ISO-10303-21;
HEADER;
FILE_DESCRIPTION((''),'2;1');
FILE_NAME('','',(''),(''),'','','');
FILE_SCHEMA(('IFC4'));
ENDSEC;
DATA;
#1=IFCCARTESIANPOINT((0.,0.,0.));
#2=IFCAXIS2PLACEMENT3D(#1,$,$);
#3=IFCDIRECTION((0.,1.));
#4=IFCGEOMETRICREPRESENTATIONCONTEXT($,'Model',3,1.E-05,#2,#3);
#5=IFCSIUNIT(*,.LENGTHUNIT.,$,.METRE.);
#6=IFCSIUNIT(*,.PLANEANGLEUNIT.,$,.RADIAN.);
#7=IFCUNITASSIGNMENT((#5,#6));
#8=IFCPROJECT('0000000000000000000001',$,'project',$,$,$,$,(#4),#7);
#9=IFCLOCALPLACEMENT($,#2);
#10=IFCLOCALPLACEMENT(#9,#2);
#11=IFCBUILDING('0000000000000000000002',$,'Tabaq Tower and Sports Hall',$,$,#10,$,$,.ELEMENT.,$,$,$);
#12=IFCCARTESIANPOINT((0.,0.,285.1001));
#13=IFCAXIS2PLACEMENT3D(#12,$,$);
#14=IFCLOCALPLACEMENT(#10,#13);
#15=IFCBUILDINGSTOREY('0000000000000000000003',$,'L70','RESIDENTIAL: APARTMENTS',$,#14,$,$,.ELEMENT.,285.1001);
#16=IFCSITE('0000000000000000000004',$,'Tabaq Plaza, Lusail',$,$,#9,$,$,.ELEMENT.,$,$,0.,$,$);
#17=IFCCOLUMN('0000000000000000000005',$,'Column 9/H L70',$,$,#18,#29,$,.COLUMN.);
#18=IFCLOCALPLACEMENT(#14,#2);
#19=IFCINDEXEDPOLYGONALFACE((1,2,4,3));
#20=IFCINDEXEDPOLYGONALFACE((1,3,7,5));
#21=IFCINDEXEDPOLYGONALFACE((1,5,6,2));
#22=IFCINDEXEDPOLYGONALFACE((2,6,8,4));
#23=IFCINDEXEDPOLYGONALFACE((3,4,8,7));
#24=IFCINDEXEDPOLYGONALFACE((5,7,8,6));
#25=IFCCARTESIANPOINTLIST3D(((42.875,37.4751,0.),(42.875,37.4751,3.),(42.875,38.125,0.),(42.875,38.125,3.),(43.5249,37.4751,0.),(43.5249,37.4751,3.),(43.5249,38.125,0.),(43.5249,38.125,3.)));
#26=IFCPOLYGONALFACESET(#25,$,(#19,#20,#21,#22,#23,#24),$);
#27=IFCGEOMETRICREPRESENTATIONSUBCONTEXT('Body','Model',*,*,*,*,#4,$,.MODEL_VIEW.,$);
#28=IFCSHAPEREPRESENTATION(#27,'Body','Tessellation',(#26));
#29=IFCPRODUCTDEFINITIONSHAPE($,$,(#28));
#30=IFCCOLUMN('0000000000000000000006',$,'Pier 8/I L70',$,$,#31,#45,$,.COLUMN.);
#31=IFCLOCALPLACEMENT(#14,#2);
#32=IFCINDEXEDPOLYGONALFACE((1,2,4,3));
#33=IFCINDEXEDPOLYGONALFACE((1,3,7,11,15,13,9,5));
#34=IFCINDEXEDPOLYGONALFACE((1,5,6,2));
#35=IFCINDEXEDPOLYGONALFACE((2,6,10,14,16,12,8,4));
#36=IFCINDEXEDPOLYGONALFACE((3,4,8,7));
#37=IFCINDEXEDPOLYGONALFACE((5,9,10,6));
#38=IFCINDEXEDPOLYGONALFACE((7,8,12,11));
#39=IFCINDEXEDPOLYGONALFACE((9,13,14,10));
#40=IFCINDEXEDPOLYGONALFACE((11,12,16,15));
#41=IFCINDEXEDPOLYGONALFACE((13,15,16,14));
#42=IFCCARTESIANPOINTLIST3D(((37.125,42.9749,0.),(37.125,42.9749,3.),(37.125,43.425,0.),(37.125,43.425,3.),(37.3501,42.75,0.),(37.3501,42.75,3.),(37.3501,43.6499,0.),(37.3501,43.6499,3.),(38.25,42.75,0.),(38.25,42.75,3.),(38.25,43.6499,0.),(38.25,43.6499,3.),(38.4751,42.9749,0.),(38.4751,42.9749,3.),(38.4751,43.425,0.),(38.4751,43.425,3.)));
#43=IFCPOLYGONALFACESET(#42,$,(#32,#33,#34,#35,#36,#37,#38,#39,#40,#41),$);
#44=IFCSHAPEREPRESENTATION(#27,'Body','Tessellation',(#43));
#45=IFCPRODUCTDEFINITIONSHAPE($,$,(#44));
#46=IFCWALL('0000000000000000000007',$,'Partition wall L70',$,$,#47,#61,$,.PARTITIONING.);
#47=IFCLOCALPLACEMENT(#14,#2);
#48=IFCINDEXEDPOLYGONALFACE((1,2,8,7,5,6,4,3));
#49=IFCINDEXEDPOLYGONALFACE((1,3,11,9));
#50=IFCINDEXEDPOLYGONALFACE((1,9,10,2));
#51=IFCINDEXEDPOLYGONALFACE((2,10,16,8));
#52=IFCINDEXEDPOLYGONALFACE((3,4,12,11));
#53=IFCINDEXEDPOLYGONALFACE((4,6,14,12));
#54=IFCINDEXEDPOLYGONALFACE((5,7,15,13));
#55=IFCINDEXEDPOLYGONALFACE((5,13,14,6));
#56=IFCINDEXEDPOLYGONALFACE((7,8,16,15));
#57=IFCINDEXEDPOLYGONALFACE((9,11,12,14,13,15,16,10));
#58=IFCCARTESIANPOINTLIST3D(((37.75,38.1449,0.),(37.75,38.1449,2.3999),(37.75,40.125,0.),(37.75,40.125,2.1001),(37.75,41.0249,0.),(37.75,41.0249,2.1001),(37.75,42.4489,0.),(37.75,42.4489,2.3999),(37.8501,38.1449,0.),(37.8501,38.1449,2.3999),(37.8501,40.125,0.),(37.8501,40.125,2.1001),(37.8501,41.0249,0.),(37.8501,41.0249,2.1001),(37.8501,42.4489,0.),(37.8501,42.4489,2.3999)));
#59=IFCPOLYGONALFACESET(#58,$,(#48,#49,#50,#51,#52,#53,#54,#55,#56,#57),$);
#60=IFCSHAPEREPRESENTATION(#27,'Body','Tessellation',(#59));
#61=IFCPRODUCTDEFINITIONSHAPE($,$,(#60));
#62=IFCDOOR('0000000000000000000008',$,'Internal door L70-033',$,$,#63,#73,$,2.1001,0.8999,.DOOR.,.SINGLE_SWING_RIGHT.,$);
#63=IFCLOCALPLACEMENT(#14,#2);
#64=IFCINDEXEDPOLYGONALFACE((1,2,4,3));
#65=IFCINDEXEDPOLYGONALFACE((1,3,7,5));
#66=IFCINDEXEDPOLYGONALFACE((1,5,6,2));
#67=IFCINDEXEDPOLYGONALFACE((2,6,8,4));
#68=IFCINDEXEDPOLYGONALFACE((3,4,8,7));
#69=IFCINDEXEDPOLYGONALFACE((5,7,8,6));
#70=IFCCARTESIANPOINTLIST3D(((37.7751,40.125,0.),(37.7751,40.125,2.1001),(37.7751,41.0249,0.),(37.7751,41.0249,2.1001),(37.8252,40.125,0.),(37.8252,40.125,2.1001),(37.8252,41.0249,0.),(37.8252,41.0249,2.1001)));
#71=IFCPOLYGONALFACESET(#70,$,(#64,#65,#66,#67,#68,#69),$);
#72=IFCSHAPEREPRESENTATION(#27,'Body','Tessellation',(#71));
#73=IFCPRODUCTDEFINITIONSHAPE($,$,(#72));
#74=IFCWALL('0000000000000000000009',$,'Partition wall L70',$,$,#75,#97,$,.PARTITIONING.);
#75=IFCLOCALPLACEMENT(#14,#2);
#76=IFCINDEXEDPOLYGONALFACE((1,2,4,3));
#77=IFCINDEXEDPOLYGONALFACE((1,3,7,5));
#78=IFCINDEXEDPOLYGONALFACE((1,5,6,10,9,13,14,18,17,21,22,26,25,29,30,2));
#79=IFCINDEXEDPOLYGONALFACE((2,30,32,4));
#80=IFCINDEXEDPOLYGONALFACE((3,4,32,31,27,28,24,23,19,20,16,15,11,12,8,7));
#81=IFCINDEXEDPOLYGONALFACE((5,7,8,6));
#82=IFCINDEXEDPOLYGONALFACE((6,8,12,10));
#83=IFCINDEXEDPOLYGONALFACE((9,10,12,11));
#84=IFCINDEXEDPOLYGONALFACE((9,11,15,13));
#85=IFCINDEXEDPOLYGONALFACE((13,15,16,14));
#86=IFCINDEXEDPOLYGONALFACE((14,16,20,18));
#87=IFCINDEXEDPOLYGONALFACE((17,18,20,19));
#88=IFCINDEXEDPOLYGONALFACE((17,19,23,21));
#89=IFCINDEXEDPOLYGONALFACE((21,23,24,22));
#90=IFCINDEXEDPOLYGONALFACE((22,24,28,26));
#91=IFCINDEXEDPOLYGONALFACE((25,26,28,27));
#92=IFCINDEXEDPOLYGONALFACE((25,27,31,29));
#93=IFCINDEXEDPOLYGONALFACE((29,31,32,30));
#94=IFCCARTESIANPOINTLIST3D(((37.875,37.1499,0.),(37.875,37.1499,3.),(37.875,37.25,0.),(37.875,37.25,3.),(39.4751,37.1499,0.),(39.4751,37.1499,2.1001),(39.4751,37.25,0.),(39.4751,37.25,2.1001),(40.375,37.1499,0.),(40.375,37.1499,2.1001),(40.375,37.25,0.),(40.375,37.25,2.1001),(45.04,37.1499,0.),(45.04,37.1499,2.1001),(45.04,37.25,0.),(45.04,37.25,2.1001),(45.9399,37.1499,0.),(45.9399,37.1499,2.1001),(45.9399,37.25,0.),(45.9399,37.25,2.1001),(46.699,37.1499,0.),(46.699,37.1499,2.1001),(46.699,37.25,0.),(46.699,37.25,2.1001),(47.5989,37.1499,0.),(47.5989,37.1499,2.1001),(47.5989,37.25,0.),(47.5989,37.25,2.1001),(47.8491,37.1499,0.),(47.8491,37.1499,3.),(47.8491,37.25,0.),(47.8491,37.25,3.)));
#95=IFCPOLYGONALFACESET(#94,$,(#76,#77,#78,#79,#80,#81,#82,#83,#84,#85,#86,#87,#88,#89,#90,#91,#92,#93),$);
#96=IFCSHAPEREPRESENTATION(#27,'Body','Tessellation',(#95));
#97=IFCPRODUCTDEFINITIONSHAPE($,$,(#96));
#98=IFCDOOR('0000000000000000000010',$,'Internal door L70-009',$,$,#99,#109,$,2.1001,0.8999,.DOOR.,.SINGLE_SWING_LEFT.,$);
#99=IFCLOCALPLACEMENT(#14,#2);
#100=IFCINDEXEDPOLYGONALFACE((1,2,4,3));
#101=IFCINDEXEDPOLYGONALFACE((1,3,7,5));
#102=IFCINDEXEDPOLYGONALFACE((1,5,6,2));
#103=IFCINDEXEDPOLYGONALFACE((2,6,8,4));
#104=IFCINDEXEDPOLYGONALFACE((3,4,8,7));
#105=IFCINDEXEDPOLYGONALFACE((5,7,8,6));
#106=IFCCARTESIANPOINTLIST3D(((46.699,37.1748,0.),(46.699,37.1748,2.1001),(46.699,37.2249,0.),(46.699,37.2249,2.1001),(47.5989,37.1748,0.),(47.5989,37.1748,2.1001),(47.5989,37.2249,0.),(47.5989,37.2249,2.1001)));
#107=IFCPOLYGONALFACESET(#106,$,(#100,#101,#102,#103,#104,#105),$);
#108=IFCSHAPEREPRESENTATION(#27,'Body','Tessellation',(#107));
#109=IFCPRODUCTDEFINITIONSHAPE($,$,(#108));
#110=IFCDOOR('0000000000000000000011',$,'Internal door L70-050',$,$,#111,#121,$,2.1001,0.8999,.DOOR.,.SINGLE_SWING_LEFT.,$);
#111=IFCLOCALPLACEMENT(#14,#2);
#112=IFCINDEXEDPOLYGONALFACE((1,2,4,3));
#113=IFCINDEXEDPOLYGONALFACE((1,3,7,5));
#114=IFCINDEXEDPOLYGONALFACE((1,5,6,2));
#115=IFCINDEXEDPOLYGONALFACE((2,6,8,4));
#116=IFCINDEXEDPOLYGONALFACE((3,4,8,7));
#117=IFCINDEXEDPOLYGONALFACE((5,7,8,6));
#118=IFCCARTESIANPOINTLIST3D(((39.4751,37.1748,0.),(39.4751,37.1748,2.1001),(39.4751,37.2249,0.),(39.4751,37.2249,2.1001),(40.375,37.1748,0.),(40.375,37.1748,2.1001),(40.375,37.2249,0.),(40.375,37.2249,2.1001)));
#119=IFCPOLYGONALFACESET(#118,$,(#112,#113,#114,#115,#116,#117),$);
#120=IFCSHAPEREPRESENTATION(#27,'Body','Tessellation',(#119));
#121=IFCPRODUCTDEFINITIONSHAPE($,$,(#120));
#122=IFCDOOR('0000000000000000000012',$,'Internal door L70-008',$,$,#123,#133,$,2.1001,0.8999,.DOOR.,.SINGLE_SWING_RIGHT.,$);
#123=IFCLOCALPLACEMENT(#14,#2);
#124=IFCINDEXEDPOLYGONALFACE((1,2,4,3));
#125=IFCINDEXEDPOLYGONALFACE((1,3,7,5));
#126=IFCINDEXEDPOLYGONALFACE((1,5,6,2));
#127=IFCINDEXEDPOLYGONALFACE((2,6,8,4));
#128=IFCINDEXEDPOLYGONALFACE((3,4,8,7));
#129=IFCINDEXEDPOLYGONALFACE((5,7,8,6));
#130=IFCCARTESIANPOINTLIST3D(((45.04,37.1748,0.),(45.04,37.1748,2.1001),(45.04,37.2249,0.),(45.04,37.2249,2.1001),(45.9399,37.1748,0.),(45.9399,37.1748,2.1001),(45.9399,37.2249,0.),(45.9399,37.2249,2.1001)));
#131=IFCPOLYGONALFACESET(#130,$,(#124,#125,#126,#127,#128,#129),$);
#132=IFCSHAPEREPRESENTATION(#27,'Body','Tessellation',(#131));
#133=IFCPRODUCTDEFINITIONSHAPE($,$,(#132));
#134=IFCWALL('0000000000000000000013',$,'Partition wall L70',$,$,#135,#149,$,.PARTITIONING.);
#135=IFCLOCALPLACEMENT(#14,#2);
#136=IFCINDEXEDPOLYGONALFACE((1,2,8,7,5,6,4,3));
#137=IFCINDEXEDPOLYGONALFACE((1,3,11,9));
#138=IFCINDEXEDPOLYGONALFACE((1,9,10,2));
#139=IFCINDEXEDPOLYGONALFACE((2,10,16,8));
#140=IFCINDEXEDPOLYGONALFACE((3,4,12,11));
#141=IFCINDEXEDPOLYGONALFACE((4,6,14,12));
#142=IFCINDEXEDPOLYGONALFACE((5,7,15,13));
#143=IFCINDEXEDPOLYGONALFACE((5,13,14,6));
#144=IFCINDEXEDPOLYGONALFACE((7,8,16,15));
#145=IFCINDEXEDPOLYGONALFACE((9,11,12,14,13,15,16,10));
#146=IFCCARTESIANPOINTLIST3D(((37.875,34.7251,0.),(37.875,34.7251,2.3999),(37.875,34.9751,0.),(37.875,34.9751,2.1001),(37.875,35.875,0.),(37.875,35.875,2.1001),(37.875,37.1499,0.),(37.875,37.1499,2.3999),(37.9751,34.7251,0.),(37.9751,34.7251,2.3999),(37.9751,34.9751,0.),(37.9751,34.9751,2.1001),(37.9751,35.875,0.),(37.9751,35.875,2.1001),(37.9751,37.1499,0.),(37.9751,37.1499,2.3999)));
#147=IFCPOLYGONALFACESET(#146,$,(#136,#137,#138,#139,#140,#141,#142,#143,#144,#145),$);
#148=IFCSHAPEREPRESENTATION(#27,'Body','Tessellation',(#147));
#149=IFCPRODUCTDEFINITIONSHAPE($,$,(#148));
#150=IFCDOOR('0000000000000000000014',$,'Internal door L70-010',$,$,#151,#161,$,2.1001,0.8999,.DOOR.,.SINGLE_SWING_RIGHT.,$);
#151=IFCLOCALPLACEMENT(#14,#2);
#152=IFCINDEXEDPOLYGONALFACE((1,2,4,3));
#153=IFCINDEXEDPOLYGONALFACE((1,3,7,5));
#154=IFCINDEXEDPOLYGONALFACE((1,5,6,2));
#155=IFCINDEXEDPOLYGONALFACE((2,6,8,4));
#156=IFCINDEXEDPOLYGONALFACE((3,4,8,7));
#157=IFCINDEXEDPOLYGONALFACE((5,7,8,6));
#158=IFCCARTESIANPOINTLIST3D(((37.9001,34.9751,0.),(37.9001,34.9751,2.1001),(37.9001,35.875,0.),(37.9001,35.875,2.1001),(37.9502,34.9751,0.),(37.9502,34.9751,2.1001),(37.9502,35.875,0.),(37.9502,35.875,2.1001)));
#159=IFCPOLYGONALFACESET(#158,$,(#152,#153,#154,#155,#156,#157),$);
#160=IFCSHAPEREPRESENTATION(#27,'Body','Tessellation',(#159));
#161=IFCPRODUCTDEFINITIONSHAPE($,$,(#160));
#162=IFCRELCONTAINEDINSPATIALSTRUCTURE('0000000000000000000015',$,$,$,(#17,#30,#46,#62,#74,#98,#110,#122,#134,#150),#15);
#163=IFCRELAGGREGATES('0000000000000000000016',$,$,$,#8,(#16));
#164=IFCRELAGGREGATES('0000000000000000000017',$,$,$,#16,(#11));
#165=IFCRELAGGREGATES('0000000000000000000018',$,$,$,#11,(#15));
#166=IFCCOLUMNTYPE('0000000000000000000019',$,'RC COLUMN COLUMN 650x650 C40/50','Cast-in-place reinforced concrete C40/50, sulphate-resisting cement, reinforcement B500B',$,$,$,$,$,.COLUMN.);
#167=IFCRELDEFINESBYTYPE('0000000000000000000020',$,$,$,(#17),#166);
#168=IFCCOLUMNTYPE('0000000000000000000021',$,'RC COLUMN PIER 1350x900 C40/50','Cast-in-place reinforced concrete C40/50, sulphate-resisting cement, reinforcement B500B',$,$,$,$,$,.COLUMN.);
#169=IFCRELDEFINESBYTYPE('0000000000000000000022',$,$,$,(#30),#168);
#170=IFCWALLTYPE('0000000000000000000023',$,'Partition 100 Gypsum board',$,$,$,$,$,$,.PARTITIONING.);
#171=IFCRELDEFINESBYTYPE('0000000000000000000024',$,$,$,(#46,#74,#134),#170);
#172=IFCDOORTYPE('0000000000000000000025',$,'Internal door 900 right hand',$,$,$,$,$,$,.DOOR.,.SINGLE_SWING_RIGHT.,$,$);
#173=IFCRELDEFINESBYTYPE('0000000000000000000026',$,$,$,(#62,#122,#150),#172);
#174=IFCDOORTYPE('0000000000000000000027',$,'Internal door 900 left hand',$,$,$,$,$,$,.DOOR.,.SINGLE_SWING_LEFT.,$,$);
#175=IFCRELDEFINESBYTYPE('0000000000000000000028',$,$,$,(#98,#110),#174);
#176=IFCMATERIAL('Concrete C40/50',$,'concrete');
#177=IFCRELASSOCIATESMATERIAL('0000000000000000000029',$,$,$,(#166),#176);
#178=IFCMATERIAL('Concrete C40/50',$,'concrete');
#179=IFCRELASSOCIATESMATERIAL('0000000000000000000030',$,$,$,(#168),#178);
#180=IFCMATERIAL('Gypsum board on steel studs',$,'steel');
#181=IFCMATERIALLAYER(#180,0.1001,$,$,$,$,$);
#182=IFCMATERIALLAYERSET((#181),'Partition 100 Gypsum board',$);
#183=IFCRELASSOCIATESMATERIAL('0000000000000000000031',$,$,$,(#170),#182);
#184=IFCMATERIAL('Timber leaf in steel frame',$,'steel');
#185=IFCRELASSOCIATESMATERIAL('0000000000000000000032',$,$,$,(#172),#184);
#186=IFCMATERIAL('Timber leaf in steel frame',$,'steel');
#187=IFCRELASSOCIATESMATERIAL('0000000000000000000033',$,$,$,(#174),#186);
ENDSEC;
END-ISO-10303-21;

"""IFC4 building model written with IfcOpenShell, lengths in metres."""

from ifc_helpers import new_model, si_unit, direction, frame, frame_2d, origin, origin_2d, place, context, subcontext, project, spatial, polyline, rectangle, outline, extrude, material, layer, layer_set, material_profile, profile_set, type_object, element, fill, save


model = new_model("IFC4")

# Units and contexts
model_context = context("Model", 3, precision=1e-05, world=origin(), true_north=direction((0.0, 1.0)))
body_context = subcontext(model_context, "Body", "Model", "MODEL_VIEW")
ifc_project = project(units=[si_unit("LENGTHUNIT", "METRE"), si_unit("PLANEANGLEUNIT", "RADIAN")], contexts=[model_context])

# Site, building, storey
site_placement = place(None, origin())
site = spatial("IfcSite", under=ifc_project, at=site_placement, Name="Tabaq Plaza, Lusail", CompositionType="ELEMENT", RefElevation=0.0)
building_placement = place(site_placement, origin())
building = spatial("IfcBuilding", under=site, at=building_placement, Name="Tabaq Tower and Sports Hall", CompositionType="ELEMENT")
storey_placement = place(building_placement, frame((0.0, 0.0, 285.1001)))
storey = spatial("IfcBuildingStorey", under=building, at=storey_placement, Name="L70", Description="RESIDENTIAL: APARTMENTS", CompositionType="ELEMENT", Elevation=285.1001)

# Columns
ifc_material_1 = material(Name="Concrete C40/50", Category="concrete")
ifc_material_profile_1 = material_profile(ifc_material_1, rectangle(XDim=0.6499, YDim=0.6499, at=origin_2d()), Name="COLUMN 650x650")
ifc_profile_set_1 = profile_set([ifc_material_profile_1], Name="Concrete C40/50")
column_type_1 = type_object("IfcColumnType", Name="RC COLUMN COLUMN 650x650 C40/50", Description="Cast-in-place reinforced concrete C40/50, sulphate-resisting cement, reinforcement B500B", PredefinedType="COLUMN", material=ifc_profile_set_1)
column_1_placement = place(storey_placement, frame((43.2, 37.8, 0.0), z_axis=(0.0, 0.0, 1.0), x_axis=(1.0, 0.0, 0.0)))
element("IfcColumn", 1, at=column_1_placement, inside=storey, type_object=column_type_1, Name="Column 9/H L70", PredefinedType="COLUMN", context=body_context, shape_type="SweptSolid", body=[
    extrude(rectangle(XDim=0.6499, YDim=0.6499, at=origin_2d()), origin(), (0.0, 0.0, 1.0), 3.0),
])
ifc_material_2 = material(Name="Concrete C40/50", Category="concrete")
ifc_material_profile_2 = material_profile(ifc_material_2, outline(polyline([(-0.45, -0.45), (0.45, -0.45), (0.675, -0.2251), (0.675, 0.2251), (0.45, 0.45), (-0.45, 0.45), (-0.675, 0.2251), (-0.675, -0.2251), (-0.45, -0.45)])), Name="PIER 1350x900")
ifc_profile_set_2 = profile_set([ifc_material_profile_2], Name="Concrete C40/50")
column_type_2 = type_object("IfcColumnType", Name="RC COLUMN PIER 1350x900 C40/50", Description="Cast-in-place reinforced concrete C40/50, sulphate-resisting cement, reinforcement B500B", PredefinedType="COLUMN", material=ifc_profile_set_2)
column_2_placement = place(storey_placement, frame((37.8, 43.2, 0.0), z_axis=(0.0, 0.0, 1.0), x_axis=(1.0, 0.0, 0.0)))
element("IfcColumn", 2, at=column_2_placement, inside=storey, type_object=column_type_2, Name="Pier 8/I L70", PredefinedType="COLUMN", context=body_context, shape_type="SweptSolid", body=[
    extrude(outline(polyline([(-0.45, -0.45), (0.45, -0.45), (0.675, -0.2251), (0.675, 0.2251), (0.45, 0.45), (-0.45, 0.45), (-0.675, 0.2251), (-0.675, -0.2251), (-0.45, -0.45)])), origin(), (0.0, 0.0, 1.0), 3.0),
])

# Wall, opening, door
ifc_material_3 = material(Name="Gypsum board on steel studs", Category="steel")
ifc_layer_1 = layer(ifc_material_3, 0.1001)
ifc_layer_set_1 = layer_set([ifc_layer_1], Name="Partition 100 Gypsum board")
wall_type_1 = type_object("IfcWallType", Name="Partition 100 Gypsum board", PredefinedType="PARTITIONING", material=ifc_layer_set_1)
wall_1_placement = place(storey_placement, frame((37.8, 38.145, 0.0), z_axis=(0.0, 0.0, 1.0), x_axis=(0.0, 1.0, 0.0)))
wall_1 = element("IfcWall", 3, at=wall_1_placement, inside=storey, type_object=wall_type_1, Name="Partition wall L70", PredefinedType="PARTITIONING", context=body_context, shape_type="SweptSolid", body=[
    extrude(rectangle(XDim=4.304, YDim=0.1001, at=frame_2d((2.1519, 0.0))), origin(), (0.0, 0.0, 1.0), 2.3999),
])
opening_1_placement = place(wall_1_placement, frame((1.98, 0.0, 0.0)))
opening_1 = element("IfcOpeningElement", 4, at=opening_1_placement, cuts=wall_1, PredefinedType="OPENING", context=body_context, shape_type="SweptSolid", body=[
    extrude(rectangle(XDim=0.8999, YDim=2.1001, at=frame_2d((0.45, 1.05))), frame((0.0, 0.05, 0.0), z_axis=(0.0, -1.0, 0.0), x_axis=(1.0, 0.0, 0.0)), (0.0, 0.0, 1.0), 0.1001),
])
ifc_material_4 = material(Name="Timber leaf in steel frame", Category="steel")
door_type_1 = type_object("IfcDoorType", Name="Internal door 900 right hand", OperationType="SINGLE_SWING_RIGHT", PredefinedType="DOOR", material=ifc_material_4)
door_1_placement = place(opening_1_placement, origin())
door_1 = element("IfcDoor", 5, at=door_1_placement, inside=storey, type_object=door_type_1, Name="Internal door L70-033", OperationType="SINGLE_SWING_RIGHT", OverallHeight=2.1001, OverallWidth=0.8999, PredefinedType="DOOR", context=body_context, shape_type="SweptSolid", body=[
    extrude(rectangle(XDim=0.8999, YDim=2.1001, at=frame_2d((0.45, 1.05))), frame((0.0, 0.0249, 0.0), z_axis=(0.0, -1.0, 0.0), x_axis=(1.0, 0.0, 0.0)), (0.0, 0.0, 1.0), 0.05),
])
fill(opening_1, door_1)

# Wall, openings, doors
wall_2_placement = place(storey_placement, frame((37.875, 37.2, 0.0), z_axis=(0.0, 0.0, 1.0), x_axis=(1.0, 0.0, 0.0)))
wall_2 = element("IfcWall", 6, at=wall_2_placement, inside=storey, type_object=wall_type_1, Name="Partition wall L70", PredefinedType="PARTITIONING", context=body_context, shape_type="SweptSolid", body=[
    extrude(rectangle(XDim=9.9741, YDim=0.1001, at=frame_2d((4.9871, 0.0))), origin(), (0.0, 0.0, 1.0), 3.0),
])
opening_2_placement = place(wall_2_placement, frame((7.165, 0.0, 0.0)))
opening_2 = element("IfcOpeningElement", 7, at=opening_2_placement, cuts=wall_2, PredefinedType="OPENING", context=body_context, shape_type="SweptSolid", body=[
    extrude(rectangle(XDim=0.8999, YDim=2.1001, at=frame_2d((0.45, 1.05))), frame((0.0, 0.05, 0.0), z_axis=(0.0, -1.0, 0.0), x_axis=(1.0, 0.0, 0.0)), (0.0, 0.0, 1.0), 0.1001),
])
opening_3_placement = place(wall_2_placement, frame((8.824, 0.0, 0.0)))
opening_3 = element("IfcOpeningElement", 8, at=opening_3_placement, cuts=wall_2, PredefinedType="OPENING", context=body_context, shape_type="SweptSolid", body=[
    extrude(rectangle(XDim=0.8999, YDim=2.1001, at=frame_2d((0.45, 1.05))), frame((0.0, 0.05, 0.0), z_axis=(0.0, -1.0, 0.0), x_axis=(1.0, 0.0, 0.0)), (0.0, 0.0, 1.0), 0.1001),
])
opening_4_placement = place(wall_2_placement, frame((1.6001, 0.0, 0.0)))
opening_4 = element("IfcOpeningElement", 9, at=opening_4_placement, cuts=wall_2, PredefinedType="OPENING", context=body_context, shape_type="SweptSolid", body=[
    extrude(rectangle(XDim=0.8999, YDim=2.1001, at=frame_2d((0.45, 1.05))), frame((0.0, 0.05, 0.0), z_axis=(0.0, -1.0, 0.0), x_axis=(1.0, 0.0, 0.0)), (0.0, 0.0, 1.0), 0.1001),
])
ifc_material_5 = material(Name="Timber leaf in steel frame", Category="steel")
door_type_2 = type_object("IfcDoorType", Name="Internal door 900 left hand", OperationType="SINGLE_SWING_LEFT", PredefinedType="DOOR", material=ifc_material_5)
door_2_placement = place(opening_3_placement, origin())
door_2 = element("IfcDoor", 10, at=door_2_placement, inside=storey, type_object=door_type_2, Name="Internal door L70-009", OperationType="SINGLE_SWING_LEFT", OverallHeight=2.1001, OverallWidth=0.8999, PredefinedType="DOOR", context=body_context, shape_type="SweptSolid", body=[
    extrude(rectangle(XDim=0.8999, YDim=2.1001, at=frame_2d((0.45, 1.05))), frame((0.0, 0.0249, 0.0), z_axis=(0.0, -1.0, 0.0), x_axis=(1.0, 0.0, 0.0)), (0.0, 0.0, 1.0), 0.05),
])
fill(opening_3, door_2)
door_3_placement = place(opening_4_placement, origin())
door_3 = element("IfcDoor", 11, at=door_3_placement, inside=storey, type_object=door_type_2, Name="Internal door L70-050", OperationType="SINGLE_SWING_LEFT", OverallHeight=2.1001, OverallWidth=0.8999, PredefinedType="DOOR", context=body_context, shape_type="SweptSolid", body=[
    extrude(rectangle(XDim=0.8999, YDim=2.1001, at=frame_2d((0.45, 1.05))), frame((0.0, 0.0249, 0.0), z_axis=(0.0, -1.0, 0.0), x_axis=(1.0, 0.0, 0.0)), (0.0, 0.0, 1.0), 0.05),
])
fill(opening_4, door_3)
door_4_placement = place(opening_2_placement, origin())
door_4 = element("IfcDoor", 12, at=door_4_placement, inside=storey, type_object=door_type_1, Name="Internal door L70-008", OperationType="SINGLE_SWING_RIGHT", OverallHeight=2.1001, OverallWidth=0.8999, PredefinedType="DOOR", context=body_context, shape_type="SweptSolid", body=[
    extrude(rectangle(XDim=0.8999, YDim=2.1001, at=frame_2d((0.45, 1.05))), frame((0.0, 0.0249, 0.0), z_axis=(0.0, -1.0, 0.0), x_axis=(1.0, 0.0, 0.0)), (0.0, 0.0, 1.0), 0.05),
])
fill(opening_2, door_4)

# Wall, opening, door
wall_3_placement = place(storey_placement, frame((37.925, 34.7251, 0.0), z_axis=(0.0, 0.0, 1.0), x_axis=(0.0, 1.0, 0.0)))
wall_3 = element("IfcWall", 13, at=wall_3_placement, inside=storey, type_object=wall_type_1, Name="Partition wall L70", PredefinedType="PARTITIONING", context=body_context, shape_type="SweptSolid", body=[
    extrude(rectangle(XDim=2.4248, YDim=0.1001, at=frame_2d((1.2124, 0.0))), origin(), (0.0, 0.0, 1.0), 2.3999),
])
opening_5_placement = place(wall_3_placement, frame((0.25, 0.0, 0.0)))
opening_5 = element("IfcOpeningElement", 14, at=opening_5_placement, cuts=wall_3, PredefinedType="OPENING", context=body_context, shape_type="SweptSolid", body=[
    extrude(rectangle(XDim=0.8999, YDim=2.1001, at=frame_2d((0.45, 1.05))), frame((0.0, 0.05, 0.0), z_axis=(0.0, -1.0, 0.0), x_axis=(1.0, 0.0, 0.0)), (0.0, 0.0, 1.0), 0.1001),
])
door_5_placement = place(opening_5_placement, origin())
door_5 = element("IfcDoor", 15, at=door_5_placement, inside=storey, type_object=door_type_1, Name="Internal door L70-010", OperationType="SINGLE_SWING_RIGHT", OverallHeight=2.1001, OverallWidth=0.8999, PredefinedType="DOOR", context=body_context, shape_type="SweptSolid", body=[
    extrude(rectangle(XDim=0.8999, YDim=2.1001, at=frame_2d((0.45, 1.05))), frame((0.0, 0.0249, 0.0), z_axis=(0.0, -1.0, 0.0), x_axis=(1.0, 0.0, 0.0)), (0.0, 0.0, 1.0), 0.05),
])
fill(opening_5, door_5)

save(model, "model.ifc")
